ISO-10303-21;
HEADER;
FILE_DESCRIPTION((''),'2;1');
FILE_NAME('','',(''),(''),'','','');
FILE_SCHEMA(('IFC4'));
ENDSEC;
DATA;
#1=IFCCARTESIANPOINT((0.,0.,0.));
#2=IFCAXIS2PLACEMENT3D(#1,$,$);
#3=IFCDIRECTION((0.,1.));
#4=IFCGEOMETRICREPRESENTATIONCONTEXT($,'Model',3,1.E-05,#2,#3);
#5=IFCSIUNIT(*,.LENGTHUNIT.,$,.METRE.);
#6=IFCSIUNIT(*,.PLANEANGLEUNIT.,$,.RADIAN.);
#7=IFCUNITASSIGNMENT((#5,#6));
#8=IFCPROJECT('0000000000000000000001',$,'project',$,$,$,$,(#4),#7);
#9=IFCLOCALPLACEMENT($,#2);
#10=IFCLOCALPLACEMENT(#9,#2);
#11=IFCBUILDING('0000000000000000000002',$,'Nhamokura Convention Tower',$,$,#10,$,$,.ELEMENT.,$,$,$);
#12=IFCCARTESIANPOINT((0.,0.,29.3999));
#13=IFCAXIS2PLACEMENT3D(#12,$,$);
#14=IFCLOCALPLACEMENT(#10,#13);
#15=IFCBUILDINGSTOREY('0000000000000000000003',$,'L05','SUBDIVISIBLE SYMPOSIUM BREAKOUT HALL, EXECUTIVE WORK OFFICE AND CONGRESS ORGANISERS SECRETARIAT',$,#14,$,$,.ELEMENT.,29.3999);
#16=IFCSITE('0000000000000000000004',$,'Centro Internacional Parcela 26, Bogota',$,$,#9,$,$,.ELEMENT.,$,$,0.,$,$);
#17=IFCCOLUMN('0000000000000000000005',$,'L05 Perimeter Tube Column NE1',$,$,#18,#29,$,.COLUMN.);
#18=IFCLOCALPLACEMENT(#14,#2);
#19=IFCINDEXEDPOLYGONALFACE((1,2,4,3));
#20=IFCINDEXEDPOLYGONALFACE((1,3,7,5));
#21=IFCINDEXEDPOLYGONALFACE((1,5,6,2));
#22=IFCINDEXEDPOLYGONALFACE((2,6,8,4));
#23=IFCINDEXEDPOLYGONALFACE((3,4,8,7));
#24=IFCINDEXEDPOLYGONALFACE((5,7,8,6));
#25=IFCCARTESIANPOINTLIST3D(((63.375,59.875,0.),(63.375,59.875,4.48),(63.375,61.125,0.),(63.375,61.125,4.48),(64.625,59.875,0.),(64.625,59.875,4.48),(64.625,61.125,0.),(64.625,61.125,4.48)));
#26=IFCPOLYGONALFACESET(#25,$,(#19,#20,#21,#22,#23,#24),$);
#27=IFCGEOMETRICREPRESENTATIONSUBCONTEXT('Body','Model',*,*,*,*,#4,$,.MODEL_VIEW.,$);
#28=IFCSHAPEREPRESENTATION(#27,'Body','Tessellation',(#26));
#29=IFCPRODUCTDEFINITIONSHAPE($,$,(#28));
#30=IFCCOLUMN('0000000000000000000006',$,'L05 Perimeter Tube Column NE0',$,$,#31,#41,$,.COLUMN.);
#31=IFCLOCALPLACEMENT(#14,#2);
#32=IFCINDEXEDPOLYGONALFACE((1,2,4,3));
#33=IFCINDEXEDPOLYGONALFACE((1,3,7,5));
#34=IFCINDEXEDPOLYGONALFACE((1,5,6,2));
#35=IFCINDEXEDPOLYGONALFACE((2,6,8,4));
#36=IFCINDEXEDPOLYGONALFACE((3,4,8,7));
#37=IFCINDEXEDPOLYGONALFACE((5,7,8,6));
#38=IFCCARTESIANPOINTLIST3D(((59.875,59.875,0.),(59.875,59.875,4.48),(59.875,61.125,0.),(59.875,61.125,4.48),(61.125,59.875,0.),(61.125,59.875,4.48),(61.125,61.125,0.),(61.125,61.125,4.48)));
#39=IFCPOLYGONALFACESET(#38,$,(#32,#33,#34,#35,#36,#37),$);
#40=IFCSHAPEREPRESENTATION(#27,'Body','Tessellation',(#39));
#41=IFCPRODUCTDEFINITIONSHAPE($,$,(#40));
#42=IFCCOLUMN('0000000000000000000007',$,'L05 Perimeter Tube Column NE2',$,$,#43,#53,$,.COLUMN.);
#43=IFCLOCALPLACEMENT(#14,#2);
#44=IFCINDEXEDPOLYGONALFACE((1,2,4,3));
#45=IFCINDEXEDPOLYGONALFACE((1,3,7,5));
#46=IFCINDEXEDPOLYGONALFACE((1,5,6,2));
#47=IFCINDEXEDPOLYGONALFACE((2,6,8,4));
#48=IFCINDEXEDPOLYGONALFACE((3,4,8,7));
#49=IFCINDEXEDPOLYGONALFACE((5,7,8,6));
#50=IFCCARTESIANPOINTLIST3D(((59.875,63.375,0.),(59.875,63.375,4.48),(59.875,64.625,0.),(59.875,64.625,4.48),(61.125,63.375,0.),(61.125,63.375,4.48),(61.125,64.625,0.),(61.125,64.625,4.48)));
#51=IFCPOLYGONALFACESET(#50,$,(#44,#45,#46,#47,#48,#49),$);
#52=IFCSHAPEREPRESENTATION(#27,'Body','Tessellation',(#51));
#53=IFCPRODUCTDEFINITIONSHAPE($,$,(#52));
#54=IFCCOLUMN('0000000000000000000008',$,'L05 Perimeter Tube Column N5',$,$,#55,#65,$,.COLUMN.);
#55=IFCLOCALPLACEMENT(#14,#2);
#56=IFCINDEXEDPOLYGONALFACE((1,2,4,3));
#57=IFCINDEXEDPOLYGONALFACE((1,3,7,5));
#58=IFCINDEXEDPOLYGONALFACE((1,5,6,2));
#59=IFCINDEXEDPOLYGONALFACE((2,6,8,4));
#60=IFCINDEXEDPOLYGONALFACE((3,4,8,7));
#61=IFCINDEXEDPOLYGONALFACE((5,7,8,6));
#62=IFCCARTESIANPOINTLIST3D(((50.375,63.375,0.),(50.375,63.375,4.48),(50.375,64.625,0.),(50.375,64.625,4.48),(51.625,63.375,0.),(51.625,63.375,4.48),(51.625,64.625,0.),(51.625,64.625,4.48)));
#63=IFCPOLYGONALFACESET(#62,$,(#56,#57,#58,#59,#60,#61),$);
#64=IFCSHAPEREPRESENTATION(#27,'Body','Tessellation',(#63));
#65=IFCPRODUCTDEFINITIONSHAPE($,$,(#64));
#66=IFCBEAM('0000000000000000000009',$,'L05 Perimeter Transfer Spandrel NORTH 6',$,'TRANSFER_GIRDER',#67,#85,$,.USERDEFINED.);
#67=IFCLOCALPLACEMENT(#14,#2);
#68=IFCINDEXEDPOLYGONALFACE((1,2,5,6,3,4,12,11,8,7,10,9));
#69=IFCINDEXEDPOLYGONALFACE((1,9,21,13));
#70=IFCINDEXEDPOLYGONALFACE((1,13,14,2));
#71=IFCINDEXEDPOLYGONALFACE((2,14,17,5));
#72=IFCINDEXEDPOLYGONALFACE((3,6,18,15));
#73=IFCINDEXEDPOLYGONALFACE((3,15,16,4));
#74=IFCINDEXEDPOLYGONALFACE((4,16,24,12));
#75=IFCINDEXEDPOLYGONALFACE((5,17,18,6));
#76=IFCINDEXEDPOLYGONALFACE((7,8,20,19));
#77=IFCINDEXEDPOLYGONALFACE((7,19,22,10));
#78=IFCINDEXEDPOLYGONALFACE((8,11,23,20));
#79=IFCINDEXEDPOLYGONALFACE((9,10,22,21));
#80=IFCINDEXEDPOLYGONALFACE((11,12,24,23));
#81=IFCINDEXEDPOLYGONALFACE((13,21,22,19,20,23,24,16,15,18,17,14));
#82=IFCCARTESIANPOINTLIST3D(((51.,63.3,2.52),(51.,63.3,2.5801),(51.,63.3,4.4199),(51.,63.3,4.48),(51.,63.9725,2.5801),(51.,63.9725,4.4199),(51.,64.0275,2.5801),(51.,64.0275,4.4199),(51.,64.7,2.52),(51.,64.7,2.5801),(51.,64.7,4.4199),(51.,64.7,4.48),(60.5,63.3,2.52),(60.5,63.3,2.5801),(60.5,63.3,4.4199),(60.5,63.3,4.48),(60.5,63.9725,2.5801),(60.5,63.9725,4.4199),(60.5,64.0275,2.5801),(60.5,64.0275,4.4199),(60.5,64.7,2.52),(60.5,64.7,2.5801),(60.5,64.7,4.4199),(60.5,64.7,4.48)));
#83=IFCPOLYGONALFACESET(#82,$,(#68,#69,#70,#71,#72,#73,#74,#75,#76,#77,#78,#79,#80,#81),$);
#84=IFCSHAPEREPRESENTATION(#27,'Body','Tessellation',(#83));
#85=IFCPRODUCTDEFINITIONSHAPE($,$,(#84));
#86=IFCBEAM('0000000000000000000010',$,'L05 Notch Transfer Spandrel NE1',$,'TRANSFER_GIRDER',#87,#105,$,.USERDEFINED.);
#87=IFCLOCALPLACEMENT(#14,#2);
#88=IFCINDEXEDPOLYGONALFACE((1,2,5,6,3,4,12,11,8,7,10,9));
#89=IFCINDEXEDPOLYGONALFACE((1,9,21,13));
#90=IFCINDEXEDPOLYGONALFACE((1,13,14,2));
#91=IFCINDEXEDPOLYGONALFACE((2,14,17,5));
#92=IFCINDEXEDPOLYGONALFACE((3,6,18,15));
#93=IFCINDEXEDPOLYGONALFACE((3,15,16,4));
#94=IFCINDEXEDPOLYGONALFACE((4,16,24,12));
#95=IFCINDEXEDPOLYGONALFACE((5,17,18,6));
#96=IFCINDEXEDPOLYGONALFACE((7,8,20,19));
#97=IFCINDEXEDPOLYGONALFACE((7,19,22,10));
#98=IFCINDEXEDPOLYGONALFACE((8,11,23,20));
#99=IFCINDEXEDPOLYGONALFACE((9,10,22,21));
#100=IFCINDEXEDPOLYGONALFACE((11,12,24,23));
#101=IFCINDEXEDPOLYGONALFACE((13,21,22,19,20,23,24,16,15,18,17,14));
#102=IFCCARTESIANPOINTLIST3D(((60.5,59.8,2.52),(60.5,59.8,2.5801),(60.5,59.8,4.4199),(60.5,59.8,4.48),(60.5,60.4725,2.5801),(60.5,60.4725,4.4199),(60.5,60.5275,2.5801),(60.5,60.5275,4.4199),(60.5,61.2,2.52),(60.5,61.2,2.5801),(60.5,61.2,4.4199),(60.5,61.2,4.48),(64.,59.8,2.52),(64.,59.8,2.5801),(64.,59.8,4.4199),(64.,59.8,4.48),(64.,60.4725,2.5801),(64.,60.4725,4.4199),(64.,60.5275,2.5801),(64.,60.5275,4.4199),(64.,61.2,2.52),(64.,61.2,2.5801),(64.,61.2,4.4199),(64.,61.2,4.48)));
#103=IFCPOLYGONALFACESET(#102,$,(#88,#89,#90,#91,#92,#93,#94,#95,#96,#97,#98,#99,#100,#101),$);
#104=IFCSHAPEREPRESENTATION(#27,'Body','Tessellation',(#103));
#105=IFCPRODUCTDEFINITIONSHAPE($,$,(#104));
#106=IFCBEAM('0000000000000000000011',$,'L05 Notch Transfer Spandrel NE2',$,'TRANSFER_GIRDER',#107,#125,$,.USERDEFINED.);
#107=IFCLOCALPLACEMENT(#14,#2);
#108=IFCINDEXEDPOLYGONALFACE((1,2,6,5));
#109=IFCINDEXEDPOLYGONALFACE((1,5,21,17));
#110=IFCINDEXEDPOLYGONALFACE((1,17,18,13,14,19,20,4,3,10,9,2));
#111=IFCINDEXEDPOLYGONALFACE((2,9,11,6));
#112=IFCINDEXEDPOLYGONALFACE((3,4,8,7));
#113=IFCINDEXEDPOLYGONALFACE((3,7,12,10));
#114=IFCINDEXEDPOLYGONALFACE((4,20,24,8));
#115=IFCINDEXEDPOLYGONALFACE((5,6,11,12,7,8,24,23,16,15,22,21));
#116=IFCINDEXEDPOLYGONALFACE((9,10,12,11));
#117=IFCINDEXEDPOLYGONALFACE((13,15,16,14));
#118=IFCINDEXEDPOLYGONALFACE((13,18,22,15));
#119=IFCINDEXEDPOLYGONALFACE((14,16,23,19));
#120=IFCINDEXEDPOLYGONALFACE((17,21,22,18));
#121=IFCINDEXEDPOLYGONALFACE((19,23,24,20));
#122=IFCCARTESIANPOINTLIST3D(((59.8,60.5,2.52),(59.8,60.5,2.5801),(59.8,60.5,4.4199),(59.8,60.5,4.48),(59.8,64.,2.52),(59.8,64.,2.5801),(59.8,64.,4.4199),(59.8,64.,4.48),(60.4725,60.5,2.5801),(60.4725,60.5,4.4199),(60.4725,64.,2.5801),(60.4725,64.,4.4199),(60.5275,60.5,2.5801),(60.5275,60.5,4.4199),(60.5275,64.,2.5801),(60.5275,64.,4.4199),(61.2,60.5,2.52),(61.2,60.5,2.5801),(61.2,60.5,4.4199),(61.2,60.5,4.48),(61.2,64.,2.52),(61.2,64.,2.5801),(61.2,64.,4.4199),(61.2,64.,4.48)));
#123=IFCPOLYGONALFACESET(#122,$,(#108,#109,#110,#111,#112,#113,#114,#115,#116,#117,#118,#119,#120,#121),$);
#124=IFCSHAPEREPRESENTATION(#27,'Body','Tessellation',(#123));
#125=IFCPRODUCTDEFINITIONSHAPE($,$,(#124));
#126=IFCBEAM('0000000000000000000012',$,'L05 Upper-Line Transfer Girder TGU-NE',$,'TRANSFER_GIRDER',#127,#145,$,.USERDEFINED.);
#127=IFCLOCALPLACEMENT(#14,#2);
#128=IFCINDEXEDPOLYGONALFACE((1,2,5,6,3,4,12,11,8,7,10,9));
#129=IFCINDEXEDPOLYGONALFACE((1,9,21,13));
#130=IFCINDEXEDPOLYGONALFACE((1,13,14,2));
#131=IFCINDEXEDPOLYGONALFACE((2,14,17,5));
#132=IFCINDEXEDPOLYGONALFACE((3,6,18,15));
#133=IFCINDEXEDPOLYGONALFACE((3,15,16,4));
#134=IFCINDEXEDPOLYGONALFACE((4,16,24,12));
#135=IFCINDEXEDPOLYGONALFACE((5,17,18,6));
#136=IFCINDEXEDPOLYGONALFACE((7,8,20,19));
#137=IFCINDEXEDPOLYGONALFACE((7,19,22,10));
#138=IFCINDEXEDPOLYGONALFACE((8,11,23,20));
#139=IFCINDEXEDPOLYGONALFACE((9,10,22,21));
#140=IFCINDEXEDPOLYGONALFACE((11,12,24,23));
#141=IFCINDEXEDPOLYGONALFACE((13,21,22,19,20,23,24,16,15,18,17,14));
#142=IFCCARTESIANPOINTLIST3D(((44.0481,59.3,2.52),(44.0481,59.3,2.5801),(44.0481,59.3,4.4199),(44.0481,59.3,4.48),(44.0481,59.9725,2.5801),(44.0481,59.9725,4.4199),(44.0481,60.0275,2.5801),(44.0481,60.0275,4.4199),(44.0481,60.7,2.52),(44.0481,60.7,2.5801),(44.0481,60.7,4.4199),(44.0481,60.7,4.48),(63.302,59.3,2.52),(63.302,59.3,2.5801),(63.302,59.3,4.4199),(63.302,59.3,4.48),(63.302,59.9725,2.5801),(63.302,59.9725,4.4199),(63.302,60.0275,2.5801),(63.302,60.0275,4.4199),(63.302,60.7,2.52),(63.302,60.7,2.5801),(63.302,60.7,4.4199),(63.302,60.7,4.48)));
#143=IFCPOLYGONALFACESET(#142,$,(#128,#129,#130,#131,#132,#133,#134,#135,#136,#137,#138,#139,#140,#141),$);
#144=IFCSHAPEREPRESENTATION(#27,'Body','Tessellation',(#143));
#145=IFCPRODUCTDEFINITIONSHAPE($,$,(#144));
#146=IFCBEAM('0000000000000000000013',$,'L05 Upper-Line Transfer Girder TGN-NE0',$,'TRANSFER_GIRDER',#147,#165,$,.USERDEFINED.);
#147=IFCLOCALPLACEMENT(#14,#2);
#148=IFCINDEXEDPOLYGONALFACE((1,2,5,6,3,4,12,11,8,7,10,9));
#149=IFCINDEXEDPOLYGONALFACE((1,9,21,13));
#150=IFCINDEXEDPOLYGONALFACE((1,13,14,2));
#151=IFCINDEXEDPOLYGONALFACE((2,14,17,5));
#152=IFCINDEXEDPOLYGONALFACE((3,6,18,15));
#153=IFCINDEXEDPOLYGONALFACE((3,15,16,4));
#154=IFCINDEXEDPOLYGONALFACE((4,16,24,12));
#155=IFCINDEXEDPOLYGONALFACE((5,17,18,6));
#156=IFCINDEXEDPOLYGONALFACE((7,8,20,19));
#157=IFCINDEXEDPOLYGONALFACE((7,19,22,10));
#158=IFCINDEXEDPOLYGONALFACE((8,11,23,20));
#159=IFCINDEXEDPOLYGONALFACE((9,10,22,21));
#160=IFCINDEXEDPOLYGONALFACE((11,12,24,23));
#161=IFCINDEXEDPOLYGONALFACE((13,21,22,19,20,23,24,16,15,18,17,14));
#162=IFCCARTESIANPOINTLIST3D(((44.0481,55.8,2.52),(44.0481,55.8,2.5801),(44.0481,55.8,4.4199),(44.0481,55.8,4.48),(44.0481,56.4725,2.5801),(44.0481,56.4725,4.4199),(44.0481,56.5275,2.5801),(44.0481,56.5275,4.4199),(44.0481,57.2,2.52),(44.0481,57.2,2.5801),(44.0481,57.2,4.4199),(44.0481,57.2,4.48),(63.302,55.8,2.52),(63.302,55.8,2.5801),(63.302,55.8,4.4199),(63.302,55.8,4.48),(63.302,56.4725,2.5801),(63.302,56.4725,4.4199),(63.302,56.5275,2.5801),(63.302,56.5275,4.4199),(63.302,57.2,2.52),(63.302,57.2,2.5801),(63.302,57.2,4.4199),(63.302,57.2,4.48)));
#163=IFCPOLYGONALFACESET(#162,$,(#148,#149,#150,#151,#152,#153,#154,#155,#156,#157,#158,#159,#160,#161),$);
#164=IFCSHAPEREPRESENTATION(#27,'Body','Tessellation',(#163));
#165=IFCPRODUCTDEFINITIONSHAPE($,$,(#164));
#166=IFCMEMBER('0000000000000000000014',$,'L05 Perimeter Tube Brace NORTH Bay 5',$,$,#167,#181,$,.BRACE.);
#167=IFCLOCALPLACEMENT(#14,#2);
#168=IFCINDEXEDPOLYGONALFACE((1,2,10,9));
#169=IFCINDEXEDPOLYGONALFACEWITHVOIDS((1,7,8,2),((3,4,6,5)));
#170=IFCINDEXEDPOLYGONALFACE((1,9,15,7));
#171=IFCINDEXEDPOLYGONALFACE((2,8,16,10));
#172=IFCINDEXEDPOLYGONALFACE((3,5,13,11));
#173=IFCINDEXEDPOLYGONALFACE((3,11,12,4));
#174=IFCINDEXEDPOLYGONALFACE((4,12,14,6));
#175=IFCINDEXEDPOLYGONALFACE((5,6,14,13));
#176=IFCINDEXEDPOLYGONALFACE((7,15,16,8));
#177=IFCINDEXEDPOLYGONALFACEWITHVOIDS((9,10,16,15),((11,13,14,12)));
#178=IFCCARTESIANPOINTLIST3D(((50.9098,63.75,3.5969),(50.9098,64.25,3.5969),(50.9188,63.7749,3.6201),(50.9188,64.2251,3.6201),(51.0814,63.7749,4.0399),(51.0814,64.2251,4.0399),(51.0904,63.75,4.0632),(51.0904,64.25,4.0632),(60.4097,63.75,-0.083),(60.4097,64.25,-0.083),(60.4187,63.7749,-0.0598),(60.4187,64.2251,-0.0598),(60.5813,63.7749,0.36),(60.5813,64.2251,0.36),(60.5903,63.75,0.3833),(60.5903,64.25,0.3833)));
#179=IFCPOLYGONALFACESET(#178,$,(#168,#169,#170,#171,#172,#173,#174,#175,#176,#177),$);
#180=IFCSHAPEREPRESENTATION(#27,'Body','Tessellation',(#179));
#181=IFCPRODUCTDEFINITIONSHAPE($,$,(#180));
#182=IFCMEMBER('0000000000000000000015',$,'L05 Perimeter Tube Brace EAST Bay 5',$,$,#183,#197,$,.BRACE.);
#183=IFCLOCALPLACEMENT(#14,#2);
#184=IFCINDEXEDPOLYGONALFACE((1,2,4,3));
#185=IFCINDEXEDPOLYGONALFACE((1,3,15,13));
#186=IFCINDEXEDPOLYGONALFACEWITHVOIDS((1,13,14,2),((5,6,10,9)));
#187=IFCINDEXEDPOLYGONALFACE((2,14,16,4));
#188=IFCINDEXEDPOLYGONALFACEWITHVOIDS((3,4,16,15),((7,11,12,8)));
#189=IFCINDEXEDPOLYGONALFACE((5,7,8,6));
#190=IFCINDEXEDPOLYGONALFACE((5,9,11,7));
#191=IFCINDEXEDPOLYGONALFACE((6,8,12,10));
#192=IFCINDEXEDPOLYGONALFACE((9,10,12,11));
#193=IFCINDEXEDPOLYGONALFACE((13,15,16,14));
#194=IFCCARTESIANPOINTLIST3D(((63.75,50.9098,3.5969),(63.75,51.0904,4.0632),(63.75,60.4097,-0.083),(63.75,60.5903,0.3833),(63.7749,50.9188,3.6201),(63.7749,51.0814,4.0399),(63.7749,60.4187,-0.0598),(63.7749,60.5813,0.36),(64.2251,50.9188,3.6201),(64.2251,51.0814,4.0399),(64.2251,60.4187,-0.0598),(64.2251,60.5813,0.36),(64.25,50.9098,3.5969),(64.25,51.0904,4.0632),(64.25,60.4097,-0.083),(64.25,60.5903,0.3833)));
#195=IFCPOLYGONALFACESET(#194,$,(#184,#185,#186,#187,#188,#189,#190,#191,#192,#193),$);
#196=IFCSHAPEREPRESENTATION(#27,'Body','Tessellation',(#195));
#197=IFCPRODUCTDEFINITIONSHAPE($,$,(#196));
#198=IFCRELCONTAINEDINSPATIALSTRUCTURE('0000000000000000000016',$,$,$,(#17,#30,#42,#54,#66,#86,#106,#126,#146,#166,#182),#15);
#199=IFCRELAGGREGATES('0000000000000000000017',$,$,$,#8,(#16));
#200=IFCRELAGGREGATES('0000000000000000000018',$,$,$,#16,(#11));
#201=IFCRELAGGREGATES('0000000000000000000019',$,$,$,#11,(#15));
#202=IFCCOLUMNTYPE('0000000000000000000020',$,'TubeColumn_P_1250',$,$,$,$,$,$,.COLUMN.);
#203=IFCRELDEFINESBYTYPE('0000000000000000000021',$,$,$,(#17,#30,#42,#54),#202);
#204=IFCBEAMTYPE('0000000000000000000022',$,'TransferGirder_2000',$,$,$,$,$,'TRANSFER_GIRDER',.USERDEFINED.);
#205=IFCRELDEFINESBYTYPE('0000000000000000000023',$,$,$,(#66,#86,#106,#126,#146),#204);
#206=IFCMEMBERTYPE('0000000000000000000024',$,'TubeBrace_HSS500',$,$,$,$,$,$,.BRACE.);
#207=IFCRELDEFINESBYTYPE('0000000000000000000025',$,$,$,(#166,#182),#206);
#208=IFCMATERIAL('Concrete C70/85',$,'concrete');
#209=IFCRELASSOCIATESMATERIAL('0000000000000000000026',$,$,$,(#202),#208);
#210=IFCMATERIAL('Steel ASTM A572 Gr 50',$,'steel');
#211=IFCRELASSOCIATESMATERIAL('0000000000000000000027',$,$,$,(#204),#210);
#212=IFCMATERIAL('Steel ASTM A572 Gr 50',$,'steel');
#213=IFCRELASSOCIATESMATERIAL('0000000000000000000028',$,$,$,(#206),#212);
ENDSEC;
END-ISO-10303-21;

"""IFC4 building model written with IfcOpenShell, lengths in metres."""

from ifc_helpers import new_model, si_unit, direction, frame, origin, origin_2d, place, context, subcontext, project, spatial, rectangle, hollow_rectangle, i_section, extrude, material, material_profile, profile_set, type_object, element, save


model = new_model("IFC4")

# Units and contexts
model_context = context("Model", 3, precision=1e-05, world=origin(), true_north=direction((0.0, 1.0)))
body_context = subcontext(model_context, "Body", "Model", "MODEL_VIEW")
ifc_project = project(units=[si_unit("LENGTHUNIT", "METRE"), si_unit("PLANEANGLEUNIT", "RADIAN")], contexts=[model_context])

# Site, building, storey
site_placement = place(None, origin())
site = spatial("IfcSite", under=ifc_project, at=site_placement, Name="Centro Internacional Parcela 26, Bogota", CompositionType="ELEMENT", RefElevation=0.0)
building_placement = place(site_placement, origin())
building = spatial("IfcBuilding", under=site, at=building_placement, Name="Nhamokura Convention Tower", CompositionType="ELEMENT")
storey_placement = place(building_placement, frame((0.0, 0.0, 29.3999)))
storey = spatial("IfcBuildingStorey", under=building, at=storey_placement, Name="L05", Description="SUBDIVISIBLE SYMPOSIUM BREAKOUT HALL, EXECUTIVE WORK OFFICE AND CONGRESS ORGANISERS SECRETARIAT", CompositionType="ELEMENT", Elevation=29.3999)

# Columns
ifc_material_1 = material(Name="Concrete C70/85", Category="concrete")
ifc_material_profile_1 = material_profile(ifc_material_1, rectangle(XDim=1.25, YDim=1.25, at=origin_2d()))
ifc_profile_set_1 = profile_set([ifc_material_profile_1], Name="Concrete C70/85")
column_type = type_object("IfcColumnType", Name="TubeColumn_P_1250", PredefinedType="COLUMN", material=ifc_profile_set_1)
for number, where, z_axis, x_axis, name in (
    (1, (64.0, 60.5, 0.0), (0.0, 0.0, 1.0), (1.0, 0.0, 0.0), "L05 Perimeter Tube Column NE1"),
    (2, (60.5, 60.5, 0.0), (0.0, 0.0, 1.0), (1.0, 0.0, 0.0), "L05 Perimeter Tube Column NE0"),
    (3, (60.5, 64.0, 0.0), (0.0, 0.0, 1.0), (1.0, 0.0, 0.0), "L05 Perimeter Tube Column NE2"),
    (4, (51.0, 64.0, 0.0), (0.0, 0.0, 1.0), (1.0, 0.0, 0.0), "L05 Perimeter Tube Column N5"),
):
    element("IfcColumn", number, at=place(storey_placement, frame(where, z_axis=z_axis, x_axis=x_axis)), inside=storey, type_object=column_type, Name=name, PredefinedType="COLUMN", context=body_context, shape_type="SweptSolid", body=[
        extrude(rectangle(XDim=1.25, YDim=1.25, at=origin_2d()), origin(), (0.0, 0.0, 1.0), 4.48),
    ])

# Beams
ifc_material_2 = material(Name="Steel ASTM A572 Gr 50", Category="steel")
ifc_material_profile_2 = material_profile(ifc_material_2, i_section(OverallWidth=1.3999, OverallDepth=1.96, WebThickness=0.0549, FlangeThickness=0.0601, at=origin_2d()))
ifc_profile_set_2 = profile_set([ifc_material_profile_2], Name="Steel ASTM A572 Gr 50")
beam_type = type_object("IfcBeamType", Name="TransferGirder_2000", ElementType="TRANSFER_GIRDER", PredefinedType="USERDEFINED", material=ifc_profile_set_2)
beam_placement = place(storey_placement, frame((51.0, 64.0, 3.5), z_axis=(1.0, 0.0, 0.0), x_axis=(0.0, 1.0, 0.0)))
element("IfcBeam", 5, at=beam_placement, inside=storey, type_object=beam_type, Name="L05 Perimeter Transfer Spandrel NORTH 6", ObjectType="TRANSFER_GIRDER", PredefinedType="USERDEFINED", context=body_context, shape_type="SweptSolid", body=[
    extrude(i_section(OverallWidth=1.3999, OverallDepth=1.96, WebThickness=0.0549, FlangeThickness=0.0601, at=origin_2d()), origin(), (0.0, 0.0, 1.0), 9.5),
])
for number, where, z_axis, x_axis, name in (
    (6, (64.0, 60.5, 3.5), (-1.0, 0.0, 0.0), (0.0, -1.0, 0.0), "L05 Notch Transfer Spandrel NE1"),
    (7, (60.5, 60.5, 3.5), (0.0, 1.0, 0.0), (-1.0, 0.0, 0.0), "L05 Notch Transfer Spandrel NE2"),
):
    element("IfcBeam", number, at=place(storey_placement, frame(where, z_axis=z_axis, x_axis=x_axis)), inside=storey, type_object=beam_type, Name=name, ObjectType="TRANSFER_GIRDER", PredefinedType="USERDEFINED", context=body_context, shape_type="SweptSolid", body=[
        extrude(i_section(OverallWidth=1.3999, OverallDepth=1.96, WebThickness=0.0549, FlangeThickness=0.0601, at=origin_2d()), origin(), (0.0, 0.0, 1.0), 3.5),
    ])
for number, where, z_axis, x_axis, name in (
    (8, (44.0481, 60.0, 3.5), (1.0, 0.0, 0.0), (0.0, 1.0, 0.0), "L05 Upper-Line Transfer Girder TGU-NE"),
    (9, (44.0481, 56.5, 3.5), (1.0, 0.0, 0.0), (0.0, 1.0, 0.0), "L05 Upper-Line Transfer Girder TGN-NE0"),
):
    element("IfcBeam", number, at=place(storey_placement, frame(where, z_axis=z_axis, x_axis=x_axis)), inside=storey, type_object=beam_type, Name=name, ObjectType="TRANSFER_GIRDER", PredefinedType="USERDEFINED", context=body_context, shape_type="SweptSolid", body=[
        extrude(i_section(OverallWidth=1.3999, OverallDepth=1.96, WebThickness=0.0549, FlangeThickness=0.0601, at=origin_2d()), origin(), (0.0, 0.0, 1.0), 19.2539),
    ])

# Members
ifc_material_3 = material(Name="Steel ASTM A572 Gr 50", Category="steel")
ifc_material_profile_3 = material_profile(ifc_material_3, hollow_rectangle(XDim=0.5, YDim=0.5, WallThickness=0.0249, at=origin_2d()))
ifc_profile_set_3 = profile_set([ifc_material_profile_3], Name="Steel ASTM A572 Gr 50")
member_type = type_object("IfcMemberType", Name="TubeBrace_HSS500", PredefinedType="BRACE", material=ifc_profile_set_3)
for number, where, z_axis, x_axis, name in (
    (10, (60.5, 64.0, 0.1501), (-0.932485, 0.0, 0.361209), (0.0, -1.0, 0.0), "L05 Perimeter Tube Brace NORTH Bay 5"),
    (11, (64.0, 60.5, 0.1501), (0.0, -0.932485, 0.361209), (1.0, 0.0, 0.0), "L05 Perimeter Tube Brace EAST Bay 5"),
):
    element("IfcMember", number, at=place(storey_placement, frame(where, z_axis=z_axis, x_axis=x_axis)), inside=storey, type_object=member_type, Name=name, PredefinedType="BRACE", context=body_context, shape_type="SweptSolid", body=[
        extrude(hollow_rectangle(XDim=0.5, YDim=0.5, WallThickness=0.0249, at=origin_2d()), origin(), (0.0, 0.0, 1.0), 10.1877),
    ])

save(model, "model.ifc")
